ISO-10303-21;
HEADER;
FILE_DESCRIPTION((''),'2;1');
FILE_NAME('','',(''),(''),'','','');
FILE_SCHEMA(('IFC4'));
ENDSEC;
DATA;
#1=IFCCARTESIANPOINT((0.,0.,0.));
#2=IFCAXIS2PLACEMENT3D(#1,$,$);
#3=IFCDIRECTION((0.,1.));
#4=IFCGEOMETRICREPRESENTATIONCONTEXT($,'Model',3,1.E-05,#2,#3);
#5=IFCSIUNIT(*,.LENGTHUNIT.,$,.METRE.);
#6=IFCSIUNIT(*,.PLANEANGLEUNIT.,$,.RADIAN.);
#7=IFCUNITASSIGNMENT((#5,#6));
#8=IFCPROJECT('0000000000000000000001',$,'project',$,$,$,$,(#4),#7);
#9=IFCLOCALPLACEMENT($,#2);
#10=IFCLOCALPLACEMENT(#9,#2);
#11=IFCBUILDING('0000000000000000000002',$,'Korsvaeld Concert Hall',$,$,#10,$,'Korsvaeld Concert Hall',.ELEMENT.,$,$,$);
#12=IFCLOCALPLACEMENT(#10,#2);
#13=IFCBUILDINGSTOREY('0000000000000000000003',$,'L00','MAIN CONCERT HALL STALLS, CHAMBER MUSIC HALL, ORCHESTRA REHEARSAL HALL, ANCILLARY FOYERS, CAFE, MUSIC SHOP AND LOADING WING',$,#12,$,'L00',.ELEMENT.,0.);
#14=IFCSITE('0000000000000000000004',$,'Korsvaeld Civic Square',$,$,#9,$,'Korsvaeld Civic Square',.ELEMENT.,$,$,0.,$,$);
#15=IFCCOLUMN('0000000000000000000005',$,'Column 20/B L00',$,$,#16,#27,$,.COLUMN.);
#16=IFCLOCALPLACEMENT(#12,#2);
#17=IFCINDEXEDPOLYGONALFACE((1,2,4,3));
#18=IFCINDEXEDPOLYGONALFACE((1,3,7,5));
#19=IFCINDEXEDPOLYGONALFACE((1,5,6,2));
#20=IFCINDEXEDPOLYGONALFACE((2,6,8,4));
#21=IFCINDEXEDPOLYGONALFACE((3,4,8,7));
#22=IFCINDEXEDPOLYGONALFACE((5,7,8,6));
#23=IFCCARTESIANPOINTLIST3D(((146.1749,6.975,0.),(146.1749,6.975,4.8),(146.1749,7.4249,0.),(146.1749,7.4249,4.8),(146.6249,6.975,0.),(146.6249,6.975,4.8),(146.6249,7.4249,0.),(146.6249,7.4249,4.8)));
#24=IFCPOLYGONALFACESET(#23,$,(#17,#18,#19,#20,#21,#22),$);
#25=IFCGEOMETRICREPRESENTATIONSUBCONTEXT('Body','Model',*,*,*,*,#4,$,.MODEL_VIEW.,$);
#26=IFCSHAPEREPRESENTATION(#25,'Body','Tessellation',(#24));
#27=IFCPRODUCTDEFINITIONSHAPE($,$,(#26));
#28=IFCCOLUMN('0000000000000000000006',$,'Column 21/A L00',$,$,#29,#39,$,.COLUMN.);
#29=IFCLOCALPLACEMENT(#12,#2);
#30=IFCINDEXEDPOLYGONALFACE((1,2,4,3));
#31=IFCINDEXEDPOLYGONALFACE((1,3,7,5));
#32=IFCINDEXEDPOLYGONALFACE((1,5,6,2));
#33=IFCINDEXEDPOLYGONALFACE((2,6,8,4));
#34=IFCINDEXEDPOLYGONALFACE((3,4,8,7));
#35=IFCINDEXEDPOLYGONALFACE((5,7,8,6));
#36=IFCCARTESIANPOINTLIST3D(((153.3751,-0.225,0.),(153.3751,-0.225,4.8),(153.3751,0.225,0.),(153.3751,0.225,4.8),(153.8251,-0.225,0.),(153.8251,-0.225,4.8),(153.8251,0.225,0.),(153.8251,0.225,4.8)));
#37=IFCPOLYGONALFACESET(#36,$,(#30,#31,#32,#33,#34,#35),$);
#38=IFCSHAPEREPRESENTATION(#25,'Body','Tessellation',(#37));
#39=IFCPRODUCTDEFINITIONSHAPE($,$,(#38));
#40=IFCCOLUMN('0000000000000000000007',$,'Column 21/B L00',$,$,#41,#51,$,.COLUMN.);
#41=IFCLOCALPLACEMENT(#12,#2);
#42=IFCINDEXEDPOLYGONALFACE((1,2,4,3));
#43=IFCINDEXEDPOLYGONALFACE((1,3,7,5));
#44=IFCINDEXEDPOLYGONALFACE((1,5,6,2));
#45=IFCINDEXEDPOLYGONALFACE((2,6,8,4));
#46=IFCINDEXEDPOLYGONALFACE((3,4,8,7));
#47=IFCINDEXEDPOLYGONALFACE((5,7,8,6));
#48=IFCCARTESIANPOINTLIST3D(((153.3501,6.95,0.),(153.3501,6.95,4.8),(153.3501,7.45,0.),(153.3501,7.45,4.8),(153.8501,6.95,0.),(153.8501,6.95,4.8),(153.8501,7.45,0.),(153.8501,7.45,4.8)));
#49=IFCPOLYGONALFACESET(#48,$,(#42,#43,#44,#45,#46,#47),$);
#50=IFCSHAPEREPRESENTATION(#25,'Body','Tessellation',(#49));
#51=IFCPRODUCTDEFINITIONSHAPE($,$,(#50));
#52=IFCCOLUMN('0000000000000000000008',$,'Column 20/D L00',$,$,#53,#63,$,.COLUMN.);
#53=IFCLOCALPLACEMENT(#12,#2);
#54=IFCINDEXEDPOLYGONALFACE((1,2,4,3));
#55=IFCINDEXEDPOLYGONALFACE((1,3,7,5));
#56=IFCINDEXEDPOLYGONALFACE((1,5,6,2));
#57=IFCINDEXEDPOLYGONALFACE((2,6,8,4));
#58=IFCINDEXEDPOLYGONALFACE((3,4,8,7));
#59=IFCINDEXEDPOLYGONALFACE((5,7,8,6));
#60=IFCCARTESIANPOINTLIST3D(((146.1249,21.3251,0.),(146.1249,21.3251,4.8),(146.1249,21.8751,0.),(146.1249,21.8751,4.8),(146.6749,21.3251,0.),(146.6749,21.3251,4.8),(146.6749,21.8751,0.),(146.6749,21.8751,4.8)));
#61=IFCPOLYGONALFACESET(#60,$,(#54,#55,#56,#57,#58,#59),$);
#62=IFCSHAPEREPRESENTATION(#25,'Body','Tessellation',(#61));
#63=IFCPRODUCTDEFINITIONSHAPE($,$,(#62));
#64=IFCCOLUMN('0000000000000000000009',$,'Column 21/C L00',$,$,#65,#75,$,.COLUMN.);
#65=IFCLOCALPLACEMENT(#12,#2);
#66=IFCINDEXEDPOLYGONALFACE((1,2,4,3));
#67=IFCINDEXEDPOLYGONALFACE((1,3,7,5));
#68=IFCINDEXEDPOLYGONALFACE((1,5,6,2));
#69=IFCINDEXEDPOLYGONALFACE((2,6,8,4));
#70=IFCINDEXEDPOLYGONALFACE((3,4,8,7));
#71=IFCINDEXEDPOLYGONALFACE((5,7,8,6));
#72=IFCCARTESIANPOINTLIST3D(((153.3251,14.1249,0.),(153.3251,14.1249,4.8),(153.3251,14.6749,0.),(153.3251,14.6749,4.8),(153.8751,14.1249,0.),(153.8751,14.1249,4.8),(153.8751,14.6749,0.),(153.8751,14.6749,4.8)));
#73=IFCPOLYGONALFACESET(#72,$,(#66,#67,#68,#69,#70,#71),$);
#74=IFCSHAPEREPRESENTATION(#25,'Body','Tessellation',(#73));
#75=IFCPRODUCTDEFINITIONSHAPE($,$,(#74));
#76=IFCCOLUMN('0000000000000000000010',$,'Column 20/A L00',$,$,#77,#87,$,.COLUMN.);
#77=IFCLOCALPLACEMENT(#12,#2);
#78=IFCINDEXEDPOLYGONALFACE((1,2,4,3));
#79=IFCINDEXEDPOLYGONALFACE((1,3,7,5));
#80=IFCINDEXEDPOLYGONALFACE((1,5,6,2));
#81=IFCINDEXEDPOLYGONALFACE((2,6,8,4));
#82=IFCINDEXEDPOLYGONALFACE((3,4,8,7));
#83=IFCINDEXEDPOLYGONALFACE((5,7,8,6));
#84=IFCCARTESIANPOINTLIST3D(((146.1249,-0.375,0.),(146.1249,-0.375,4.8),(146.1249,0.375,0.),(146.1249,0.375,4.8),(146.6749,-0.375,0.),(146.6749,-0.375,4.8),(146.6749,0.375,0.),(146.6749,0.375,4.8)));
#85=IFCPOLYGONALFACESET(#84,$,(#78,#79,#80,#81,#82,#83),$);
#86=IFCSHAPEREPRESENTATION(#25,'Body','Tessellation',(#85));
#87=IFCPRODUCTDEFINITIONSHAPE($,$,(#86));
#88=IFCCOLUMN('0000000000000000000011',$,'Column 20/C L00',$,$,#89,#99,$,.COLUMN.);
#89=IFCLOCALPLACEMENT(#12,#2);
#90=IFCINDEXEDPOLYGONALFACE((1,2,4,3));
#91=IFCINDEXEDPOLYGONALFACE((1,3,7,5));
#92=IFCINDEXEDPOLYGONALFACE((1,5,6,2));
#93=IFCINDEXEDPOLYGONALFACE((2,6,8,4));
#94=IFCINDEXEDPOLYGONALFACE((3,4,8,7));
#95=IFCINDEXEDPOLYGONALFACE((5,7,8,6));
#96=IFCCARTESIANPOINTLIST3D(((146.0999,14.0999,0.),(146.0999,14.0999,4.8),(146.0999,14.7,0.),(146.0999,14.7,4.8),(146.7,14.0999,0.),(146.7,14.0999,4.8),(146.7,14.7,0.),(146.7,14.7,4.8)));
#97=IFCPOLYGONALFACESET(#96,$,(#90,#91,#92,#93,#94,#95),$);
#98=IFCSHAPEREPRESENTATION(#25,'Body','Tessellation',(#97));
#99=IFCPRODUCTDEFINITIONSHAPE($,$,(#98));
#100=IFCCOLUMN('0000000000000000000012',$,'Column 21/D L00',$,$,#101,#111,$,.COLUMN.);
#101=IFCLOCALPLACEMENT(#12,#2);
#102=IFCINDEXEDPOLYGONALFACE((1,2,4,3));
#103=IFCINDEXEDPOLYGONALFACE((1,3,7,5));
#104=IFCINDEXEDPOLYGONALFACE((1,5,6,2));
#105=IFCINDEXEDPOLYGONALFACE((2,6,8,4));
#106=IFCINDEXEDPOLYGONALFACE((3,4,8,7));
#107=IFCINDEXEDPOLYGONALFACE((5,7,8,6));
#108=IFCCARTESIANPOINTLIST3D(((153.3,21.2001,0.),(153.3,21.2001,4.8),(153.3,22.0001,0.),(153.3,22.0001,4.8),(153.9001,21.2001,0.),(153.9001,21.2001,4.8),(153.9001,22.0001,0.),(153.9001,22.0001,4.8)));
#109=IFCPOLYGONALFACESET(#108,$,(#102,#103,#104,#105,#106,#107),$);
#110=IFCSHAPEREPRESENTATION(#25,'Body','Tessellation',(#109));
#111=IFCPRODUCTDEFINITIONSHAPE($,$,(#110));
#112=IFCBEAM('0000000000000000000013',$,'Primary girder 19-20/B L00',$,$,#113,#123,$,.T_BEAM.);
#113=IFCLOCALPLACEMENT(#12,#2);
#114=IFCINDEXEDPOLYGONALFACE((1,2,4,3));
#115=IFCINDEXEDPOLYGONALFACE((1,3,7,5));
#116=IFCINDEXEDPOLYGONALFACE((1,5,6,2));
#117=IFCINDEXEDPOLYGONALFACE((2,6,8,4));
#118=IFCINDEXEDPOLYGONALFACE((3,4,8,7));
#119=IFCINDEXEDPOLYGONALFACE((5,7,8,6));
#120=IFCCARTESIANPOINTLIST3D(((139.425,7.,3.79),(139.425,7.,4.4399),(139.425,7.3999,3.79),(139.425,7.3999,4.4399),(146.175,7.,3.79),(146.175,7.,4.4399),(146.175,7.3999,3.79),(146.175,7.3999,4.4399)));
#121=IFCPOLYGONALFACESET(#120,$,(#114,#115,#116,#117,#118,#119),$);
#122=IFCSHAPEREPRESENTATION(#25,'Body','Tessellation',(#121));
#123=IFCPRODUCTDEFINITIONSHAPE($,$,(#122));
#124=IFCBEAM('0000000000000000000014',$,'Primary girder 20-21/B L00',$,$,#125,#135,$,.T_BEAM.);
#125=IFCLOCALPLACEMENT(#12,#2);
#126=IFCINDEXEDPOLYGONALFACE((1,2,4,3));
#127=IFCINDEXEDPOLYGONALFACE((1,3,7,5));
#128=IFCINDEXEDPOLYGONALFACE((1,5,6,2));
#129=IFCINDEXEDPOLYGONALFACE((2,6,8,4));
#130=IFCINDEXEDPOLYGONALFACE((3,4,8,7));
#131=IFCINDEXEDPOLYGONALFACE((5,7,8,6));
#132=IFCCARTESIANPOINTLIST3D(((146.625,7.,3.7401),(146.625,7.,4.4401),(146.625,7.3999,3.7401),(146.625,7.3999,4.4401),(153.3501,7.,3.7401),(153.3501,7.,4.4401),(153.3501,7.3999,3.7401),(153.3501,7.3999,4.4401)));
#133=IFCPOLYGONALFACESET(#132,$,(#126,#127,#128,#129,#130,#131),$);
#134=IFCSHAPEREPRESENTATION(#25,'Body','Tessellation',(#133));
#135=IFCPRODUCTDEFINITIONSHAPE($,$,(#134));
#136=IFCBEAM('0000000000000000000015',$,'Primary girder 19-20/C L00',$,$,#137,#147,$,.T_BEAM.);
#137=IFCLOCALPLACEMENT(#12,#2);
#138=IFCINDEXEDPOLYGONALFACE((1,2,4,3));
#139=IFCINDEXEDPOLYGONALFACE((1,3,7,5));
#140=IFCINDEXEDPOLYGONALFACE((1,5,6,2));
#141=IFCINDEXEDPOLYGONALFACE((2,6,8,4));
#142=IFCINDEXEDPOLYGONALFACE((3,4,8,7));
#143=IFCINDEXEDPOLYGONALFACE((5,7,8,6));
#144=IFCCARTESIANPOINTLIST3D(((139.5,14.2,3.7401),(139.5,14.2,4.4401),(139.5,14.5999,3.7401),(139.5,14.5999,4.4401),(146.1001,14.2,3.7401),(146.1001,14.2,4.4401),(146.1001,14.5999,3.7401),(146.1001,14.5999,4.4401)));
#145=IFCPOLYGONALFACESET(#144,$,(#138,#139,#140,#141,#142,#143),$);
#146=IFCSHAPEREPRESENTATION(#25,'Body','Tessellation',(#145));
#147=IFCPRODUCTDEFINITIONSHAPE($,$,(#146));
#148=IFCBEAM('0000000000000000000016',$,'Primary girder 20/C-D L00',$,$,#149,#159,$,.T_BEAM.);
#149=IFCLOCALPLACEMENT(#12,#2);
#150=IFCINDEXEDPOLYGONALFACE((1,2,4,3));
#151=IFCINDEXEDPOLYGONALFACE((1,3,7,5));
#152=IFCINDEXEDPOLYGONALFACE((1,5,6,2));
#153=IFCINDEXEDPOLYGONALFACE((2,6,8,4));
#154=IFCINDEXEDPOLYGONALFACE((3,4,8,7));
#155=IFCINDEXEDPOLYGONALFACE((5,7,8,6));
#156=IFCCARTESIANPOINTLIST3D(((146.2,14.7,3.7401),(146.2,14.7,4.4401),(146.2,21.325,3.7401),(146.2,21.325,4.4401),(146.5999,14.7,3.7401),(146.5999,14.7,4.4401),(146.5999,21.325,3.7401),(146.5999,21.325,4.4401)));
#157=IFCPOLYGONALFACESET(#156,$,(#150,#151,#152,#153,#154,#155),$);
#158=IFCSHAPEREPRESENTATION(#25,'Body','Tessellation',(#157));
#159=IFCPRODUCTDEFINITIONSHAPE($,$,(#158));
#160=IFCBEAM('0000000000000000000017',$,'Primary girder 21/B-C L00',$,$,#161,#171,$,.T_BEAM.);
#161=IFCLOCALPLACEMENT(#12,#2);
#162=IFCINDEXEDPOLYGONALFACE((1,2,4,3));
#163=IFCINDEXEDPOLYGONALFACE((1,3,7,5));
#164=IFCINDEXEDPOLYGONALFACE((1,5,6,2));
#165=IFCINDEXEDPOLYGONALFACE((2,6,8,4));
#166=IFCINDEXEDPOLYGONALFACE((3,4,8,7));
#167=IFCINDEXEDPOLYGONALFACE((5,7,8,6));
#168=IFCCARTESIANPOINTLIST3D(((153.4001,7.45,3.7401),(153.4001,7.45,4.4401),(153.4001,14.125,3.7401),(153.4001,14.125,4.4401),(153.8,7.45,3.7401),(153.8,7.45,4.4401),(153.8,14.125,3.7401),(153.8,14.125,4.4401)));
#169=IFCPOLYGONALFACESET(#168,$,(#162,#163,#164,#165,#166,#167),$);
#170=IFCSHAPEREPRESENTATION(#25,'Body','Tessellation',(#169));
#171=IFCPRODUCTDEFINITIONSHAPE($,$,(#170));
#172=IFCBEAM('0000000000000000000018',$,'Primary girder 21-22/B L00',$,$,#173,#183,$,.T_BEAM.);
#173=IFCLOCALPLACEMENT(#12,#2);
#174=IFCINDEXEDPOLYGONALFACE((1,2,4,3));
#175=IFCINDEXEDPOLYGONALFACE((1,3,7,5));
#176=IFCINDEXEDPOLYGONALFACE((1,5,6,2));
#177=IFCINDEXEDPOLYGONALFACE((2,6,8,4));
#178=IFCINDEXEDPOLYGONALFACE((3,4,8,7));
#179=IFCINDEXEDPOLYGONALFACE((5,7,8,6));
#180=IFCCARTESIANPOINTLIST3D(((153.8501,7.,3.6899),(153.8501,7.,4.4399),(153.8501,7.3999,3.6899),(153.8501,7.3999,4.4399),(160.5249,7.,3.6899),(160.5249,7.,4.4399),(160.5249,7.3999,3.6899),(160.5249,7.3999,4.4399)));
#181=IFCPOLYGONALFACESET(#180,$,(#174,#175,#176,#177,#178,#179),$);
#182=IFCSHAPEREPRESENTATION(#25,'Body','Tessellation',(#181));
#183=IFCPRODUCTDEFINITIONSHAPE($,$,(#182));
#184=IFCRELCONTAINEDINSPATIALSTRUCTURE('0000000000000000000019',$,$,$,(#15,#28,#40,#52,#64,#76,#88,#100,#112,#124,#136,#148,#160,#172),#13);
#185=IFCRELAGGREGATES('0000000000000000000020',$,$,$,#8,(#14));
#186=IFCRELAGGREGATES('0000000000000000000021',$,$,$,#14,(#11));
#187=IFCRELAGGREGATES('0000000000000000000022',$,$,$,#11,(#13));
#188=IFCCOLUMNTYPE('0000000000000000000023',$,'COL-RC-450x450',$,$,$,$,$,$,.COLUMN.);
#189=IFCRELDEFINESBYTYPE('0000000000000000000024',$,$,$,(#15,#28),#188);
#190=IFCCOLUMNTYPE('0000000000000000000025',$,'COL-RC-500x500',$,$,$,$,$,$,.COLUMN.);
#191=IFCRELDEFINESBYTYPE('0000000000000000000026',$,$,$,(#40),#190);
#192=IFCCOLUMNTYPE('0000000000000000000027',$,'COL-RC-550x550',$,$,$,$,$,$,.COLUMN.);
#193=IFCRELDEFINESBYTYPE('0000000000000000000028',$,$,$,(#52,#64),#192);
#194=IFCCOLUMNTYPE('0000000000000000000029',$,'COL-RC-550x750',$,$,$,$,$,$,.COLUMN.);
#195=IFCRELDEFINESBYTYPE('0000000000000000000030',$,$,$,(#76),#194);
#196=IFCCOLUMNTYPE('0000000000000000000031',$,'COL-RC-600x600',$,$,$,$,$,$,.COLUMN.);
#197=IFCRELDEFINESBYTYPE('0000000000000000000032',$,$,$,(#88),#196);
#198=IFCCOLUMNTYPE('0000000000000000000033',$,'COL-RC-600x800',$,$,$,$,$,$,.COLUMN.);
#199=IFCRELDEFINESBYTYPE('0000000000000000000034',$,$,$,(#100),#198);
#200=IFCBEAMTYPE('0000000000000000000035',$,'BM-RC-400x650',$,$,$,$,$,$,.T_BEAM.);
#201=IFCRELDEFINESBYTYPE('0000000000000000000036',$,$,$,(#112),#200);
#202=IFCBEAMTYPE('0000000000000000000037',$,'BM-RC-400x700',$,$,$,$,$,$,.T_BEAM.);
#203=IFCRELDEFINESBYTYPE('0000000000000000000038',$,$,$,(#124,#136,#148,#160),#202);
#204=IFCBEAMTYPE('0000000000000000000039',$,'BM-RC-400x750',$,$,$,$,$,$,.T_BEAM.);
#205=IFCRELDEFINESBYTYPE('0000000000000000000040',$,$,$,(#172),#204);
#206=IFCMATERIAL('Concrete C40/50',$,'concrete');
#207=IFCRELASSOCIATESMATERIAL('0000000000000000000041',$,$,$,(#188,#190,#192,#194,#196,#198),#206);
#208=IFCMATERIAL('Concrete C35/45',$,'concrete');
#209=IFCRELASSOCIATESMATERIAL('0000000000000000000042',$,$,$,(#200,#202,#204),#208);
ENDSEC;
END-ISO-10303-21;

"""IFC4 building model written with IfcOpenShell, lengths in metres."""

from ifc_helpers import new_model, si_unit, direction, frame, origin, origin_2d, place, context, subcontext, project, spatial, rectangle, extrude, material, material_profile, profile_set, type_object, element, save


model = new_model("IFC4")

# Units and contexts
model_context = context("Model", 3, precision=1e-05, world=origin(), true_north=direction((0.0, 1.0)))
body_context = subcontext(model_context, "Body", "Model", "MODEL_VIEW")
ifc_project = project(units=[si_unit("LENGTHUNIT", "METRE"), si_unit("PLANEANGLEUNIT", "RADIAN")], contexts=[model_context])

# Site, building, storey
site_placement = place(None, origin())
site = spatial("IfcSite", under=ifc_project, at=site_placement, Name="Korsvaeld Civic Square", LongName="Korsvaeld Civic Square", CompositionType="ELEMENT", RefElevation=0.0)
building_placement = place(site_placement, origin())
building = spatial("IfcBuilding", under=site, at=building_placement, Name="Korsvaeld Concert Hall", LongName="Korsvaeld Concert Hall", CompositionType="ELEMENT")
storey_placement = place(building_placement, origin())
storey = spatial("IfcBuildingStorey", under=building, at=storey_placement, Name="L00", Description="MAIN CONCERT HALL STALLS, CHAMBER MUSIC HALL, ORCHESTRA REHEARSAL HALL, ANCILLARY FOYERS, CAFE, MUSIC SHOP AND LOADING WING", LongName="L00", CompositionType="ELEMENT", Elevation=0.0)

# Columns
ifc_material_1 = material(Name="Concrete C40/50", Category="concrete")
ifc_material_profile_1 = material_profile(ifc_material_1, rectangle(XDim=0.45, YDim=0.45, at=origin_2d()), Name="RC 450x450")
ifc_profile_set_1 = profile_set([ifc_material_profile_1], Name="Concrete C40/50")
column_type_1 = type_object("IfcColumnType", Name="COL-RC-450x450", PredefinedType="COLUMN", material=ifc_profile_set_1)
for number, where, z_axis, x_axis, name in (
    (1, (146.3999, 7.2, 0.0), (0.0, 0.0, 1.0), (1.0, 0.0, 0.0), "Column 20/B L00"),
    (2, (153.6001, 0.0, 0.0), (0.0, 0.0, 1.0), (1.0, 0.0, 0.0), "Column 21/A L00"),
):
    element("IfcColumn", number, at=place(storey_placement, frame(where, z_axis=z_axis, x_axis=x_axis)), inside=storey, type_object=column_type_1, Name=name, PredefinedType="COLUMN", context=body_context, shape_type="SweptSolid", body=[
        extrude(rectangle(XDim=0.45, YDim=0.45, at=origin_2d()), origin(), (0.0, 0.0, 1.0), 4.8),
    ])
ifc_material_profile_2 = material_profile(ifc_material_1, rectangle(XDim=0.5, YDim=0.5, at=origin_2d()), Name="RC 500x500")
ifc_profile_set_2 = profile_set([ifc_material_profile_2], Name="Concrete C40/50")
column_type_2 = type_object("IfcColumnType", Name="COL-RC-500x500", PredefinedType="COLUMN", material=ifc_profile_set_2)
column_1_placement = place(storey_placement, frame((153.6001, 7.2, 0.0), z_axis=(0.0, 0.0, 1.0), x_axis=(1.0, 0.0, 0.0)))
element("IfcColumn", 3, at=column_1_placement, inside=storey, type_object=column_type_2, Name="Column 21/B L00", PredefinedType="COLUMN", context=body_context, shape_type="SweptSolid", body=[
    extrude(rectangle(XDim=0.5, YDim=0.5, at=origin_2d()), origin(), (0.0, 0.0, 1.0), 4.8),
])
ifc_material_profile_3 = material_profile(ifc_material_1, rectangle(XDim=0.55, YDim=0.55, at=origin_2d()), Name="RC 550x550")
ifc_profile_set_3 = profile_set([ifc_material_profile_3], Name="Concrete C40/50")
column_type_3 = type_object("IfcColumnType", Name="COL-RC-550x550", PredefinedType="COLUMN", material=ifc_profile_set_3)
for number, where, z_axis, x_axis, name in (
    (4, (146.3999, 21.6001, 0.0), (0.0, 0.0, 1.0), (1.0, 0.0, 0.0), "Column 20/D L00"),
    (5, (153.6001, 14.3999, 0.0), (0.0, 0.0, 1.0), (1.0, 0.0, 0.0), "Column 21/C L00"),
):
    element("IfcColumn", number, at=place(storey_placement, frame(where, z_axis=z_axis, x_axis=x_axis)), inside=storey, type_object=column_type_3, Name=name, PredefinedType="COLUMN", context=body_context, shape_type="SweptSolid", body=[
        extrude(rectangle(XDim=0.55, YDim=0.55, at=origin_2d()), origin(), (0.0, 0.0, 1.0), 4.8),
    ])
ifc_material_profile_4 = material_profile(ifc_material_1, rectangle(XDim=0.55, YDim=0.75, at=origin_2d()), Name="RC 550x750")
ifc_profile_set_4 = profile_set([ifc_material_profile_4], Name="Concrete C40/50")
column_type_4 = type_object("IfcColumnType", Name="COL-RC-550x750", PredefinedType="COLUMN", material=ifc_profile_set_4)
column_2_placement = place(storey_placement, frame((146.3999, 0.0, 0.0), z_axis=(0.0, 0.0, 1.0), x_axis=(1.0, 0.0, 0.0)))
element("IfcColumn", 6, at=column_2_placement, inside=storey, type_object=column_type_4, Name="Column 20/A L00", PredefinedType="COLUMN", context=body_context, shape_type="SweptSolid", body=[
    extrude(rectangle(XDim=0.55, YDim=0.75, at=origin_2d()), origin(), (0.0, 0.0, 1.0), 4.8),
])
ifc_material_profile_5 = material_profile(ifc_material_1, rectangle(XDim=0.6001, YDim=0.6001, at=origin_2d()), Name="RC 600x600")
ifc_profile_set_5 = profile_set([ifc_material_profile_5], Name="Concrete C40/50")
column_type_5 = type_object("IfcColumnType", Name="COL-RC-600x600", PredefinedType="COLUMN", material=ifc_profile_set_5)
column_3_placement = place(storey_placement, frame((146.3999, 14.3999, 0.0), z_axis=(0.0, 0.0, 1.0), x_axis=(1.0, 0.0, 0.0)))
element("IfcColumn", 7, at=column_3_placement, inside=storey, type_object=column_type_5, Name="Column 20/C L00", PredefinedType="COLUMN", context=body_context, shape_type="SweptSolid", body=[
    extrude(rectangle(XDim=0.6001, YDim=0.6001, at=origin_2d()), origin(), (0.0, 0.0, 1.0), 4.8),
])
ifc_material_profile_6 = material_profile(ifc_material_1, rectangle(XDim=0.6001, YDim=0.8, at=origin_2d()), Name="RC 600x800")
ifc_profile_set_6 = profile_set([ifc_material_profile_6], Name="Concrete C40/50")
column_type_6 = type_object("IfcColumnType", Name="COL-RC-600x800", PredefinedType="COLUMN", material=ifc_profile_set_6)
column_4_placement = place(storey_placement, frame((153.6001, 21.6001, 0.0), z_axis=(0.0, 0.0, 1.0), x_axis=(1.0, 0.0, 0.0)))
element("IfcColumn", 8, at=column_4_placement, inside=storey, type_object=column_type_6, Name="Column 21/D L00", PredefinedType="COLUMN", context=body_context, shape_type="SweptSolid", body=[
    extrude(rectangle(XDim=0.6001, YDim=0.8, at=origin_2d()), origin(), (0.0, 0.0, 1.0), 4.8),
])

# Beams
ifc_material_2 = material(Name="Concrete C35/45", Category="concrete")
ifc_material_profile_7 = material_profile(ifc_material_2, rectangle(XDim=0.3999, YDim=0.6499, at=origin_2d()), Name="RC 400x650")
ifc_profile_set_7 = profile_set([ifc_material_profile_7], Name="Concrete C35/45")
beam_type_1 = type_object("IfcBeamType", Name="BM-RC-400x650", PredefinedType="T_BEAM", material=ifc_profile_set_7)
beam_1_placement = place(storey_placement, frame((139.425, 7.2, 4.115), z_axis=(1.0, 0.0, 0.0), x_axis=(0.0, 1.0, 0.0)))
element("IfcBeam", 9, at=beam_1_placement, inside=storey, type_object=beam_type_1, Name="Primary girder 19-20/B L00", PredefinedType="T_BEAM", context=body_context, shape_type="SweptSolid", body=[
    extrude(rectangle(XDim=0.3999, YDim=0.6499, at=origin_2d()), origin(), (0.0, 0.0, 1.0), 6.75),
])
ifc_material_profile_8 = material_profile(ifc_material_2, rectangle(XDim=0.3999, YDim=0.7, at=origin_2d()), Name="RC 400x700")
ifc_profile_set_8 = profile_set([ifc_material_profile_8], Name="Concrete C35/45")
beam_type_2 = type_object("IfcBeamType", Name="BM-RC-400x700", PredefinedType="T_BEAM", material=ifc_profile_set_8)
beam_2_placement = place(storey_placement, frame((146.625, 7.2, 4.0901), z_axis=(1.0, 0.0, 0.0), x_axis=(0.0, 1.0, 0.0)))
element("IfcBeam", 10, at=beam_2_placement, inside=storey, type_object=beam_type_2, Name="Primary girder 20-21/B L00", PredefinedType="T_BEAM", context=body_context, shape_type="SweptSolid", body=[
    extrude(rectangle(XDim=0.3999, YDim=0.7, at=origin_2d()), origin(), (0.0, 0.0, 1.0), 6.7251),
])
beam_3_placement = place(storey_placement, frame((139.5, 14.3999, 4.0901), z_axis=(1.0, 0.0, 0.0), x_axis=(0.0, 1.0, 0.0)))
element("IfcBeam", 11, at=beam_3_placement, inside=storey, type_object=beam_type_2, Name="Primary girder 19-20/C L00", PredefinedType="T_BEAM", context=body_context, shape_type="SweptSolid", body=[
    extrude(rectangle(XDim=0.3999, YDim=0.7, at=origin_2d()), origin(), (0.0, 0.0, 1.0), 6.6001),
])
beam_4_placement = place(storey_placement, frame((146.3999, 14.7, 4.0901), z_axis=(0.0, 1.0, 0.0), x_axis=(-1.0, 0.0, 0.0)))
element("IfcBeam", 12, at=beam_4_placement, inside=storey, type_object=beam_type_2, Name="Primary girder 20/C-D L00", PredefinedType="T_BEAM", context=body_context, shape_type="SweptSolid", body=[
    extrude(rectangle(XDim=0.3999, YDim=0.7, at=origin_2d()), origin(), (0.0, 0.0, 1.0), 6.625),
])
beam_5_placement = place(storey_placement, frame((153.6001, 7.45, 4.0901), z_axis=(0.0, 1.0, 0.0), x_axis=(-1.0, 0.0, 0.0)))
element("IfcBeam", 13, at=beam_5_placement, inside=storey, type_object=beam_type_2, Name="Primary girder 21/B-C L00", PredefinedType="T_BEAM", context=body_context, shape_type="SweptSolid", body=[
    extrude(rectangle(XDim=0.3999, YDim=0.7, at=origin_2d()), origin(), (0.0, 0.0, 1.0), 6.675),
])
ifc_material_profile_9 = material_profile(ifc_material_2, rectangle(XDim=0.3999, YDim=0.75, at=origin_2d()), Name="RC 400x750")
ifc_profile_set_9 = profile_set([ifc_material_profile_9], Name="Concrete C35/45")
beam_type_3 = type_object("IfcBeamType", Name="BM-RC-400x750", PredefinedType="T_BEAM", material=ifc_profile_set_9)
beam_6_placement = place(storey_placement, frame((153.8501, 7.2, 4.0649), z_axis=(1.0, 0.0, 0.0), x_axis=(0.0, 1.0, 0.0)))
element("IfcBeam", 14, at=beam_6_placement, inside=storey, type_object=beam_type_3, Name="Primary girder 21-22/B L00", PredefinedType="T_BEAM", context=body_context, shape_type="SweptSolid", body=[
    extrude(rectangle(XDim=0.3999, YDim=0.75, at=origin_2d()), origin(), (0.0, 0.0, 1.0), 6.6748),
])

save(model, "model.ifc")
